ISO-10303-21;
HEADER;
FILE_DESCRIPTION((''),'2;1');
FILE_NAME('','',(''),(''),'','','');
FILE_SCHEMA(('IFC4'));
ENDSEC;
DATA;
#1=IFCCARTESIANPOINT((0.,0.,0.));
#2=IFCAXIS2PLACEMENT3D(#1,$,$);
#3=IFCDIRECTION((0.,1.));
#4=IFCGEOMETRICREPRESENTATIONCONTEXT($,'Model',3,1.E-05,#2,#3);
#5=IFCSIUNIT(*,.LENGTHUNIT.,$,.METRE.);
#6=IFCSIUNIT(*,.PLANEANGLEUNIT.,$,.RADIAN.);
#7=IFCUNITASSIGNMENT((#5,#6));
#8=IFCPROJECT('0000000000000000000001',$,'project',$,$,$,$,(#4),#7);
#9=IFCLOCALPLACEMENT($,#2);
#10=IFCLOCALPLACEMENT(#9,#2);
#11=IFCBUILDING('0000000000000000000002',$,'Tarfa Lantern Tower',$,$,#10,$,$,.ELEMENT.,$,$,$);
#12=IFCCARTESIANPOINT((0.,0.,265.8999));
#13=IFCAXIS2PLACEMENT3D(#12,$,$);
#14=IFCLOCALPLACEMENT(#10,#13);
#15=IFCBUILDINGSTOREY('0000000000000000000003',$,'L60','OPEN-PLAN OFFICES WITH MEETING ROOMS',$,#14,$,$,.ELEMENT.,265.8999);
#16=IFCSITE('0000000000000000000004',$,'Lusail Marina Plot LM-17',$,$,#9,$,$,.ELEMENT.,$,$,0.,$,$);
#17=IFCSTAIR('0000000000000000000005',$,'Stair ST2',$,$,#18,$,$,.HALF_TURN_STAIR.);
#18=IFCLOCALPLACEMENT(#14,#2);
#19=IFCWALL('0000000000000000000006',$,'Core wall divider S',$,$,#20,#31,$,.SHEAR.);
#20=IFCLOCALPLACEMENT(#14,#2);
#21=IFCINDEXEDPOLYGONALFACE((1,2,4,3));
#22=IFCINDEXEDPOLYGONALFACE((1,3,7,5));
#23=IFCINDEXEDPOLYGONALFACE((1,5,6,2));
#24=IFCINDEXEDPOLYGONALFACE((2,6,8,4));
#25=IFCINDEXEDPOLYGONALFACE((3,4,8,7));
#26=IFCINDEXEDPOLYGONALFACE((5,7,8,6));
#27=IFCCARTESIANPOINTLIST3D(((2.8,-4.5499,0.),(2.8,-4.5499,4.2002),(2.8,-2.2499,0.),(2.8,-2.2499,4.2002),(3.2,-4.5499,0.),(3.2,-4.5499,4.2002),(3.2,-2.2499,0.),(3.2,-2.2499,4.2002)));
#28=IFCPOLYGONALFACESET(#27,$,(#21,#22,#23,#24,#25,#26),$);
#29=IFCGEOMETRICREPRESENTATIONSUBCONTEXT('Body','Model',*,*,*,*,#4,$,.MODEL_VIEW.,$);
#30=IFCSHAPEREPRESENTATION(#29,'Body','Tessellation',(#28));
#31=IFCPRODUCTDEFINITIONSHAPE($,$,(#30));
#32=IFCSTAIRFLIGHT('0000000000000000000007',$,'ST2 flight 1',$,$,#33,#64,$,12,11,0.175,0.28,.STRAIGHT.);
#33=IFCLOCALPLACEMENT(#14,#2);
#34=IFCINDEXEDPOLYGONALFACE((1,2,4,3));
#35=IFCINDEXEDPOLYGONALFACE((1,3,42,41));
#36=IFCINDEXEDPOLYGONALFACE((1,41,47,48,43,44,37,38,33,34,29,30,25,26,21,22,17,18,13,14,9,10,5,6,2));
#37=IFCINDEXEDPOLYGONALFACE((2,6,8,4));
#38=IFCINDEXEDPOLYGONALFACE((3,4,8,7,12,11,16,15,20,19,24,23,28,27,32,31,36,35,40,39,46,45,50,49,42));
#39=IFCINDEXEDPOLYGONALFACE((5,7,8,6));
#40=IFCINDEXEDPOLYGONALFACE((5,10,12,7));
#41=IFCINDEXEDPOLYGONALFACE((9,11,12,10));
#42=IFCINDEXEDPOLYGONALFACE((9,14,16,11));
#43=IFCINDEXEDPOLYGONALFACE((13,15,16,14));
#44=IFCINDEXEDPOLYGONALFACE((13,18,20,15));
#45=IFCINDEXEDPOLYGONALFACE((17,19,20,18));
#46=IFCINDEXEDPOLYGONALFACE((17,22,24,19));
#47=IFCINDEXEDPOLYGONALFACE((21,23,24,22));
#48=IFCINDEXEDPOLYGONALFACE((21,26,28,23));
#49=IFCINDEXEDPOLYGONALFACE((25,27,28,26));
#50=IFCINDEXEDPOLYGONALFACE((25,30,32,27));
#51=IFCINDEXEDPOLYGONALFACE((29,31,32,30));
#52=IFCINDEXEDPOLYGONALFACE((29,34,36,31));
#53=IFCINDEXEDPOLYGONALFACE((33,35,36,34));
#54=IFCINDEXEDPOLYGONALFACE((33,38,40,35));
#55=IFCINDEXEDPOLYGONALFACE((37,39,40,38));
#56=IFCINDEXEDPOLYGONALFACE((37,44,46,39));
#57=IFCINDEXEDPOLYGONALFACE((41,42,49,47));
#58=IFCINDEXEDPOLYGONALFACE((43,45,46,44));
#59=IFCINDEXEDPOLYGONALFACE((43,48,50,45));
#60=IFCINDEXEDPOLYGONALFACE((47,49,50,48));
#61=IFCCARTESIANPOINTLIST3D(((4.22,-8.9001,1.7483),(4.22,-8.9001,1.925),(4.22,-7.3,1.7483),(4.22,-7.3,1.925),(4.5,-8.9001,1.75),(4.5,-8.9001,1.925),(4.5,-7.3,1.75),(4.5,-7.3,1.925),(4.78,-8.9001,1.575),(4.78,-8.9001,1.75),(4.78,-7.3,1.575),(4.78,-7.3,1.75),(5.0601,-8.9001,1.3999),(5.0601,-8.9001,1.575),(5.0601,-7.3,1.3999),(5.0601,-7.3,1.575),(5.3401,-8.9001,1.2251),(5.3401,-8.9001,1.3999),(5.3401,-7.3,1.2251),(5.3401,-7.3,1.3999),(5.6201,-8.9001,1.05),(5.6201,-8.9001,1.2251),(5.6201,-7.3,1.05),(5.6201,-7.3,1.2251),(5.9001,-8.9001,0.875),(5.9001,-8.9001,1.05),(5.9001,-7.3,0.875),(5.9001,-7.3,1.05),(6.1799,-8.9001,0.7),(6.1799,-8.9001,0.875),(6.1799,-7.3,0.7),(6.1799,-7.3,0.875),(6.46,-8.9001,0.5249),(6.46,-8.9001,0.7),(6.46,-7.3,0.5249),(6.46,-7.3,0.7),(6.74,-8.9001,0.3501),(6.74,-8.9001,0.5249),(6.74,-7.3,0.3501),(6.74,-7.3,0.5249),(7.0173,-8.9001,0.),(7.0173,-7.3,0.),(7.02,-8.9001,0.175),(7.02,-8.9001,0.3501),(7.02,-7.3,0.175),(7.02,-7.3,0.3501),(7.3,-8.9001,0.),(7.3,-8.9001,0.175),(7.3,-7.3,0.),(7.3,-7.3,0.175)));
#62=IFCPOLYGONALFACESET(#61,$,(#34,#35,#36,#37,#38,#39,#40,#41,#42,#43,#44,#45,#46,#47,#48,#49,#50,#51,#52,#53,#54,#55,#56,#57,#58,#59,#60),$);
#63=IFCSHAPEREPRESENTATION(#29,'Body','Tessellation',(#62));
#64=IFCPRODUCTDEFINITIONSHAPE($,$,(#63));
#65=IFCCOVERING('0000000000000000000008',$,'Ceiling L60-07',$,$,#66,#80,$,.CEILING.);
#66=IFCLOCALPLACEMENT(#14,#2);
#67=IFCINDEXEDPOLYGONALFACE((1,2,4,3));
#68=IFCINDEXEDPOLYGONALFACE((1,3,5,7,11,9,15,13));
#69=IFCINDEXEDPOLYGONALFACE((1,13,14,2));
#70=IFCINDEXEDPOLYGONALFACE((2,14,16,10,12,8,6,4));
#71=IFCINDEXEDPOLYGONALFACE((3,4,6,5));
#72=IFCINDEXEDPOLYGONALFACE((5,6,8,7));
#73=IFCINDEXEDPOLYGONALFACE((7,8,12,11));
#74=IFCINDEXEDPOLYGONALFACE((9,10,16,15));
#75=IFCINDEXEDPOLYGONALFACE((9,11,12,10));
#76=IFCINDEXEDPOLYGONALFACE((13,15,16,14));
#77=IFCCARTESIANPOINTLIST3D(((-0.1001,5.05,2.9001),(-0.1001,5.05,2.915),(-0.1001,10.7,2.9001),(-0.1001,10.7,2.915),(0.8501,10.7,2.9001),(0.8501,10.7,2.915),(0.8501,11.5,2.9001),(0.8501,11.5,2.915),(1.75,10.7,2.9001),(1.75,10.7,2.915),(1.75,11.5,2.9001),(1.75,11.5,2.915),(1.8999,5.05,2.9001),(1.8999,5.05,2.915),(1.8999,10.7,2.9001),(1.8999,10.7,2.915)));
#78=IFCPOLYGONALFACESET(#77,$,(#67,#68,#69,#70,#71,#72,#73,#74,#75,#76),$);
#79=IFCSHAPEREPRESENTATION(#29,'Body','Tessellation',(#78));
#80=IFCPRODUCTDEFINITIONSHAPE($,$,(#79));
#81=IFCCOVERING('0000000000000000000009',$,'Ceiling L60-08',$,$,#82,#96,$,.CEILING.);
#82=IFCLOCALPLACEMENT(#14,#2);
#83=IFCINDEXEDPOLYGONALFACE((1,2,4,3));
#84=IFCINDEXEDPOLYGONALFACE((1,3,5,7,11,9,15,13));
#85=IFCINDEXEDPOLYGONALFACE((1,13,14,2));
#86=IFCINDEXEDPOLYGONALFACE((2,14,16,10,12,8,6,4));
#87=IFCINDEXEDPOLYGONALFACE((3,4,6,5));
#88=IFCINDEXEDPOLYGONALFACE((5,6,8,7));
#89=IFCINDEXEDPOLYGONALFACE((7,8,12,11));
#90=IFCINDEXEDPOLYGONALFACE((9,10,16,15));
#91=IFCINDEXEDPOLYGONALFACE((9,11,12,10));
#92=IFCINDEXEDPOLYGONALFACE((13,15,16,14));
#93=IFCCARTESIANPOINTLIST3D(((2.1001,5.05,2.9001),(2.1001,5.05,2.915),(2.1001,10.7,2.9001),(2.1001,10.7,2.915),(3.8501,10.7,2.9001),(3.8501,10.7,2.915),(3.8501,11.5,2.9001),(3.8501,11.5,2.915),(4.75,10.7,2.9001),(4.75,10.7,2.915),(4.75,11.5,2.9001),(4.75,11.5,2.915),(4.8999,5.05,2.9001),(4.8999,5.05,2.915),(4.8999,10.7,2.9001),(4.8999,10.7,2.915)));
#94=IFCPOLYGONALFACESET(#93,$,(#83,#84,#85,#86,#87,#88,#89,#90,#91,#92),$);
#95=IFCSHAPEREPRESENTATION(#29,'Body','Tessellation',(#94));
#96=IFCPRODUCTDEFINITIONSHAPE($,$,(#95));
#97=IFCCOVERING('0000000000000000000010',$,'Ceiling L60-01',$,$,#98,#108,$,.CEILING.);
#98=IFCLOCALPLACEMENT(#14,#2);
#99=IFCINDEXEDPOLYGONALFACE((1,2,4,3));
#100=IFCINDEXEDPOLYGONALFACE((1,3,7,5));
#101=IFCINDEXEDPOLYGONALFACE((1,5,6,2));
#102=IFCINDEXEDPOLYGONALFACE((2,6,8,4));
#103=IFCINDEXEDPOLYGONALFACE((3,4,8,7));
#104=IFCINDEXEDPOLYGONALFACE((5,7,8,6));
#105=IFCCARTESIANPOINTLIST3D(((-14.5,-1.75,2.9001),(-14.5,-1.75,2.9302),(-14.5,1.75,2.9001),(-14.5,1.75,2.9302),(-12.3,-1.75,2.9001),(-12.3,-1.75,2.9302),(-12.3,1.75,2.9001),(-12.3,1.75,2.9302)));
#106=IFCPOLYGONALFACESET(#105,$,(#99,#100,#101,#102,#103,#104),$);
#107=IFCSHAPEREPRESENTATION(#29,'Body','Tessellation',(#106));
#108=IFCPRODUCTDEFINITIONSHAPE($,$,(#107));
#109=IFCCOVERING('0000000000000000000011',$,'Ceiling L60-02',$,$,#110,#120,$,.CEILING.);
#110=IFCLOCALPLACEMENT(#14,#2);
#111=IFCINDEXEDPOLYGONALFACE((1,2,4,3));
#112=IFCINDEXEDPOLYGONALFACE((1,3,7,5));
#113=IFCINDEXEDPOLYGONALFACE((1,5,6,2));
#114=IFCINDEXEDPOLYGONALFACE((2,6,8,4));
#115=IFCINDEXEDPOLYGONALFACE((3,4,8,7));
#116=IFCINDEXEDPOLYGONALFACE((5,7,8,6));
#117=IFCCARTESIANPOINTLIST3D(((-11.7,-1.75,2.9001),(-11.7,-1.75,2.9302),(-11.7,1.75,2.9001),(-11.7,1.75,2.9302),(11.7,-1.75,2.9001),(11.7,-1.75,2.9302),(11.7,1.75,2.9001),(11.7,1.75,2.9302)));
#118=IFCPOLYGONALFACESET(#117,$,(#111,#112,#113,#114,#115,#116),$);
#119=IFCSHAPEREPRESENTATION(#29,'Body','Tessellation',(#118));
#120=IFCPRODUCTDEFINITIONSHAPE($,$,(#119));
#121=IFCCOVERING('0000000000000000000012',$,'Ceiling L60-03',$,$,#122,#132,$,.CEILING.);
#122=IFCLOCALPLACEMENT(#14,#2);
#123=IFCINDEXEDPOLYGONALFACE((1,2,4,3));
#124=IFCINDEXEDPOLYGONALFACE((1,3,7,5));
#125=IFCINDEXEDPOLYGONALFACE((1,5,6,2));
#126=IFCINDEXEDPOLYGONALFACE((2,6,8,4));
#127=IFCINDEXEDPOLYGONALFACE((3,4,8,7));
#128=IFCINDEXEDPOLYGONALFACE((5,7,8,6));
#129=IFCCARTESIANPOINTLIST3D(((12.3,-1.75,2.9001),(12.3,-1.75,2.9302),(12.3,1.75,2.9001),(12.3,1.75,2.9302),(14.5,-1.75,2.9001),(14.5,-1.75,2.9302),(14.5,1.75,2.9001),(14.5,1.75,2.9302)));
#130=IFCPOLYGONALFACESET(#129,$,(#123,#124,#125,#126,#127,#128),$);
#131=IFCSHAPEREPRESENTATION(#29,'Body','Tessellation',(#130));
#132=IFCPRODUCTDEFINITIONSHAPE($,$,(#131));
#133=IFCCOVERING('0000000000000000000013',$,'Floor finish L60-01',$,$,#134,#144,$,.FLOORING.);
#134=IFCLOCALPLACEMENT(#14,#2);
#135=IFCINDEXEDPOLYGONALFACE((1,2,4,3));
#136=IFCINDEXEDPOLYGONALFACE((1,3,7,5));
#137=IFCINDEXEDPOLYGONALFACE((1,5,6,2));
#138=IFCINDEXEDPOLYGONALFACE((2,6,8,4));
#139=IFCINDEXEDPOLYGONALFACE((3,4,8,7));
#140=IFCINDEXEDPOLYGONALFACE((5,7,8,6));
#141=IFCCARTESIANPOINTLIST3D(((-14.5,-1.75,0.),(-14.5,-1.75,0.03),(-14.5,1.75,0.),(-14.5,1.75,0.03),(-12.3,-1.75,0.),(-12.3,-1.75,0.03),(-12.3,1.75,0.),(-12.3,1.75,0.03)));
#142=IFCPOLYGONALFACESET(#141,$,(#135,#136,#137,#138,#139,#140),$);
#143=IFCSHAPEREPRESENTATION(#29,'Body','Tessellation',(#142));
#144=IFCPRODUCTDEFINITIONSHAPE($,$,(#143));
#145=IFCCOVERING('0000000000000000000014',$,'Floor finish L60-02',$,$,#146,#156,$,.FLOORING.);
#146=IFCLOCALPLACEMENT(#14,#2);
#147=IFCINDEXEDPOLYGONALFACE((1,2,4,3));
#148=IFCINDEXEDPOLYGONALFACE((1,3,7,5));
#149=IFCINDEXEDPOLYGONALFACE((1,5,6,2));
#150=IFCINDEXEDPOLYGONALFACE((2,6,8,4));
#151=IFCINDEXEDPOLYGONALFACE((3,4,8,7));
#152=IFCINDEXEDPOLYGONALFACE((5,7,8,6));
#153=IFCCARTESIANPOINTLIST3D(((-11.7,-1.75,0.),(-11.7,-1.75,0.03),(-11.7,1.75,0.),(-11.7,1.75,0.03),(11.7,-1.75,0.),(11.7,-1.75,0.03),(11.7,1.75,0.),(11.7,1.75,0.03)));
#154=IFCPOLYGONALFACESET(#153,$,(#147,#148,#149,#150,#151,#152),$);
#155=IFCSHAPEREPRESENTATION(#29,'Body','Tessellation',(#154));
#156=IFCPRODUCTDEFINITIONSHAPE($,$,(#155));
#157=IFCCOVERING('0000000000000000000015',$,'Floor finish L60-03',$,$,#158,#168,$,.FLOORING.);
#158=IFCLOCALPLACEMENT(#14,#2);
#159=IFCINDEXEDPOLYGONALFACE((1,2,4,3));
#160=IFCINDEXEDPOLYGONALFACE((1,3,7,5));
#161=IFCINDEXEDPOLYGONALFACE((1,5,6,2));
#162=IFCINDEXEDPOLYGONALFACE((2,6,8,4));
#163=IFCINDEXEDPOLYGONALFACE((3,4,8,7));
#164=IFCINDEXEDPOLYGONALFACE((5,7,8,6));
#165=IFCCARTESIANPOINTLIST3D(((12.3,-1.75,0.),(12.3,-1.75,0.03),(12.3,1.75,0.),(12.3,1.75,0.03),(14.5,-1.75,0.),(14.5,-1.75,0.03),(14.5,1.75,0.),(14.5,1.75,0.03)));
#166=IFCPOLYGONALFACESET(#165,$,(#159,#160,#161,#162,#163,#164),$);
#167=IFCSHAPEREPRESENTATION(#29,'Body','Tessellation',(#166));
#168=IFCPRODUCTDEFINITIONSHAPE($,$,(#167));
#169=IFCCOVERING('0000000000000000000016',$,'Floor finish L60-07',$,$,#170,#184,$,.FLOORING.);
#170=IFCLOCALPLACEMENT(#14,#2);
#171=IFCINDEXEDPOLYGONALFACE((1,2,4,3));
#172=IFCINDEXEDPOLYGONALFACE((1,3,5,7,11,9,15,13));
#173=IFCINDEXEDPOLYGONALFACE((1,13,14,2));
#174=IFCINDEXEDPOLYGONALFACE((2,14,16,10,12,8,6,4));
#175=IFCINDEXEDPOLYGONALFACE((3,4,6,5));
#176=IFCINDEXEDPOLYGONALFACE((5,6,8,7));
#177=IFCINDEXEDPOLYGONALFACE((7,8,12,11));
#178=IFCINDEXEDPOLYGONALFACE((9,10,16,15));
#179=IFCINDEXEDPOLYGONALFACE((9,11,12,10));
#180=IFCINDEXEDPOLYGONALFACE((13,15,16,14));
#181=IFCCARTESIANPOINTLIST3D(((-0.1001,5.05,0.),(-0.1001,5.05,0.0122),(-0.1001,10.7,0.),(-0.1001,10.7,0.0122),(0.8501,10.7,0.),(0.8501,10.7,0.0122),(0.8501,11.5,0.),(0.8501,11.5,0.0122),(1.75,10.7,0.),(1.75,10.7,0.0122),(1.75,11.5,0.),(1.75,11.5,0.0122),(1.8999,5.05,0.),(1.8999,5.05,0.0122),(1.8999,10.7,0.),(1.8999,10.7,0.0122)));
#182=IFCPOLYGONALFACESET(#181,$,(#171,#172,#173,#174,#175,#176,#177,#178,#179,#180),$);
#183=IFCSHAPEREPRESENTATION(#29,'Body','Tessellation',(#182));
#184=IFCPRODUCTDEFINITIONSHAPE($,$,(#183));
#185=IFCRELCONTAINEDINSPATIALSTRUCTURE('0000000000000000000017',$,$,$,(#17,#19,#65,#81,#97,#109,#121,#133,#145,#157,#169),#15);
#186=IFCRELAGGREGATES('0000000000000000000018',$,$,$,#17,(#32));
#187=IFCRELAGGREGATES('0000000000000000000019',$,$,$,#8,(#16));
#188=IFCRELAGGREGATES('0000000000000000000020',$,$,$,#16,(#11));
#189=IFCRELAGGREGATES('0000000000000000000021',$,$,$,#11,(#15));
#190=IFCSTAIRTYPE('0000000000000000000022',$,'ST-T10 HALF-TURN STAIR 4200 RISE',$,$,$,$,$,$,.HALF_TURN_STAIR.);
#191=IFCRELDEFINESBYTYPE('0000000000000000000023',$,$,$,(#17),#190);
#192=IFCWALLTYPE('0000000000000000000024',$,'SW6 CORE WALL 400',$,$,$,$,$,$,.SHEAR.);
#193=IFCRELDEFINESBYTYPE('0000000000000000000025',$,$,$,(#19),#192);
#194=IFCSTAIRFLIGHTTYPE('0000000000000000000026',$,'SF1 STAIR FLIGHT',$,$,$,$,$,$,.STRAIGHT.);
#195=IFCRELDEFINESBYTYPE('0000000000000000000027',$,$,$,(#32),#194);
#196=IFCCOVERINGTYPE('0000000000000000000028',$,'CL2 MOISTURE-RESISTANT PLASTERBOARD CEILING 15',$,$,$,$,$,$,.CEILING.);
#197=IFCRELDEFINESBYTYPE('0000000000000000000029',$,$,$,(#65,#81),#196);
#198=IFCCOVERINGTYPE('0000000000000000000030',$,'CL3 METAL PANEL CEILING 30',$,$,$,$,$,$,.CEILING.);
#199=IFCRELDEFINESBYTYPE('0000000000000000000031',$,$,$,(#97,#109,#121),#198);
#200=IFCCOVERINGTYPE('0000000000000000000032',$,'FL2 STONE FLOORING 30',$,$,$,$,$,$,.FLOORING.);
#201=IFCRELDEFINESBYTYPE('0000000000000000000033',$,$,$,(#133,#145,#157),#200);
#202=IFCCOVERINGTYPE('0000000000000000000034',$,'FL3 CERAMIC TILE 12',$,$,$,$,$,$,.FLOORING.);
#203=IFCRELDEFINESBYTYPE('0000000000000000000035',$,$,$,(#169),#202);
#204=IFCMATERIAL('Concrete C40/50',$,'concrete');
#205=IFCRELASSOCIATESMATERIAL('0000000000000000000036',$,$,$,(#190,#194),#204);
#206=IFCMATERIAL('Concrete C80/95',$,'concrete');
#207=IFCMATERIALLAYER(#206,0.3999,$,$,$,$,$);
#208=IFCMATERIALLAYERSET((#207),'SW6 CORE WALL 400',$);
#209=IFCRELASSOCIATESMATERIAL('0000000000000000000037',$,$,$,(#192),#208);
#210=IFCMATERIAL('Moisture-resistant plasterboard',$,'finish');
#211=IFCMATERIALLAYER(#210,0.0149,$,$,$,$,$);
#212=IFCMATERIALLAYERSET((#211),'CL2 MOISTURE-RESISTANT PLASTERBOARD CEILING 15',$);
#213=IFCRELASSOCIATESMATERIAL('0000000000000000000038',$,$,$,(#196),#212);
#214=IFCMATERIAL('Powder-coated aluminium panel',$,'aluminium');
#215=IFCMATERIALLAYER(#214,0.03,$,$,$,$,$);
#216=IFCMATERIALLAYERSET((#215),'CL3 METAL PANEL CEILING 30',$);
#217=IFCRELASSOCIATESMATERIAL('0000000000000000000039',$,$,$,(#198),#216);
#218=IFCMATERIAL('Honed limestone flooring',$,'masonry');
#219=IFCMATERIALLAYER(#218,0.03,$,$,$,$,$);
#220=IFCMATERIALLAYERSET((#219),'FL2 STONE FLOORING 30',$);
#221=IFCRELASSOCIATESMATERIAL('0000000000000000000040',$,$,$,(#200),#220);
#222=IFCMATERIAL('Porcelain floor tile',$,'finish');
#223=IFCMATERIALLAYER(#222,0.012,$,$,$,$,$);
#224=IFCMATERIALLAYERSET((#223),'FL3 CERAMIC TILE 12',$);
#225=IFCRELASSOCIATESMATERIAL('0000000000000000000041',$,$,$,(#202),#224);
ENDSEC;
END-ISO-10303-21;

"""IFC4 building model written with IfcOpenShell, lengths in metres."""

from ifc_helpers import new_model, si_unit, direction, frame, frame_2d, origin, place, context, subcontext, project, spatial, polyline, rectangle, outline, extrude, material, layer, layer_set, type_object, element, aggregate, save


model = new_model("IFC4")

# Units and contexts
model_context = context("Model", 3, precision=1e-05, world=origin(), true_north=direction((0.0, 1.0)))
body_context = subcontext(model_context, "Body", "Model", "MODEL_VIEW")
ifc_project = project(units=[si_unit("LENGTHUNIT", "METRE"), si_unit("PLANEANGLEUNIT", "RADIAN")], contexts=[model_context])

# Site, building, storey
site_placement = place(None, origin())
site = spatial("IfcSite", under=ifc_project, at=site_placement, Name="Lusail Marina Plot LM-17", CompositionType="ELEMENT", RefElevation=0.0)
building_placement = place(site_placement, origin())
building = spatial("IfcBuilding", under=site, at=building_placement, Name="Tarfa Lantern Tower", CompositionType="ELEMENT")
storey_placement = place(building_placement, frame((0.0, 0.0, 265.8999)))
storey = spatial("IfcBuildingStorey", under=building, at=storey_placement, Name="L60", Description="OPEN-PLAN OFFICES WITH MEETING ROOMS", CompositionType="ELEMENT", Elevation=265.8999)

# Stair
ifc_material_1 = material(Name="Concrete C40/50", Category="concrete")
stair_type = type_object("IfcStairType", Name="ST-T10 HALF-TURN STAIR 4200 RISE", PredefinedType="HALF_TURN_STAIR", material=ifc_material_1)
stair_placement = place(storey_placement, origin())
stair = element("IfcStair", 1, at=stair_placement, inside=storey, type_object=stair_type, Name="Stair ST2", PredefinedType="HALF_TURN_STAIR")

# Shared definitions
ifc_material_2 = material(Name="Concrete C80/95", Category="concrete")

# Wall
ifc_layer_1 = layer(ifc_material_2, 0.3999)
ifc_layer_set_1 = layer_set([ifc_layer_1], Name="SW6 CORE WALL 400")
wall_type_1 = type_object("IfcWallType", Name="SW6 CORE WALL 400", PredefinedType="SHEAR", material=ifc_layer_set_1)
for number, where, z_axis, x_axis, name in (
    (2, (3.0, -2.25, 0.0), (0.0, 0.0, 1.0), (0.0, -1.0, 0.0), "Core wall divider S"),
):
    element("IfcWall", number, at=place(storey_placement, frame(where, z_axis=z_axis, x_axis=x_axis)), inside=storey, type_object=wall_type_1, Name=name, PredefinedType="SHEAR", context=body_context, shape_type="SweptSolid", body=[
        extrude(rectangle(XDim=2.3, YDim=0.3999, at=frame_2d((1.1499, 0.0))), origin(), (0.0, 0.0, 1.0), 4.2002),
    ])

# Stair flight
stair_flight_type = type_object("IfcStairFlightType", Name="SF1 STAIR FLIGHT", PredefinedType="STRAIGHT", material=ifc_material_1)
stair_flight_placement = place(storey_placement, frame((7.3, -8.1001, 0.0), z_axis=(0.0, 0.0, 1.0), x_axis=(-1.0, 0.0, 0.0)))
stair_flight = element("IfcStairFlight", 3, at=stair_flight_placement, type_object=stair_flight_type, Name="ST2 flight 1", NumberOfRisers=12, NumberOfTreads=11, PredefinedType="STRAIGHT", RiserHeight=0.175, TreadLength=0.28, context=body_context, shape_type="SweptSolid", body=[
    extrude(outline(polyline([(0.0, 0.0), (0.0, 0.175), (0.28, 0.175), (0.28, 0.3501), (0.5601, 0.3501), (0.5601, 0.5249), (0.8401, 0.5249), (0.8401, 0.7), (1.1201, 0.7), (1.1201, 0.875), (1.3999, 0.875), (1.3999, 1.05), (1.6799, 1.05), (1.6799, 1.2251), (1.96, 1.2251), (1.96, 1.3999), (2.24, 1.3999), (2.24, 1.575), (2.52, 1.575), (2.52, 1.75), (2.8, 1.75), (2.8, 1.925), (3.0801, 1.925), (3.0801, 2.1001), (3.0801, 1.7483), (0.2827, 0.0), (0.0, 0.0)])), frame((0.0, 0.8, 0.0), z_axis=(0.0, -1.0, 0.0), x_axis=(1.0, 0.0, 0.0)), (0.0, 0.0, 1.0), 1.6001),
])
aggregate(stair, [stair_flight])

# Coverings
ifc_material_3 = material(Name="Moisture-resistant plasterboard", Category="finish")
ifc_layer_2 = layer(ifc_material_3, 0.0149)
ifc_layer_set_2 = layer_set([ifc_layer_2], Name="CL2 MOISTURE-RESISTANT PLASTERBOARD CEILING 15")
covering_type_1 = type_object("IfcCoveringType", Name="CL2 MOISTURE-RESISTANT PLASTERBOARD CEILING 15", PredefinedType="CEILING", material=ifc_layer_set_2)
covering_1_placement = place(storey_placement, frame((0.0, 0.0, 2.9001)))
element("IfcCovering", 4, at=covering_1_placement, inside=storey, type_object=covering_type_1, Name="Ceiling L60-07", PredefinedType="CEILING", context=body_context, shape_type="SweptSolid", body=[
    extrude(outline(polyline([(0.8501, 10.7), (-0.1001, 10.7), (-0.1001, 5.05), (1.8999, 5.05), (1.8999, 10.7), (1.75, 10.7), (1.75, 11.5), (1.75, 11.5), (0.8501, 11.5), (0.8501, 10.7)])), origin(), (0.0, 0.0, 1.0), 0.0149),
])
covering_2_placement = place(storey_placement, frame((0.0, 0.0, 2.9001)))
element("IfcCovering", 5, at=covering_2_placement, inside=storey, type_object=covering_type_1, Name="Ceiling L60-08", PredefinedType="CEILING", context=body_context, shape_type="SweptSolid", body=[
    extrude(outline(polyline([(2.1001, 5.05), (4.8999, 5.05), (4.8999, 10.7), (4.75, 10.7), (4.75, 11.5), (3.8501, 11.5), (3.8501, 10.7), (2.1001, 10.7), (2.1001, 5.05)])), origin(), (0.0, 0.0, 1.0), 0.0149),
])
ifc_material_4 = material(Name="Powder-coated aluminium panel", Category="aluminium")
ifc_layer_3 = layer(ifc_material_4, 0.03)
ifc_layer_set_3 = layer_set([ifc_layer_3], Name="CL3 METAL PANEL CEILING 30")
covering_type_2 = type_object("IfcCoveringType", Name="CL3 METAL PANEL CEILING 30", PredefinedType="CEILING", material=ifc_layer_set_3)
covering_3_placement = place(storey_placement, frame((0.0, 0.0, 2.9001)))
element("IfcCovering", 6, at=covering_3_placement, inside=storey, type_object=covering_type_2, Name="Ceiling L60-01", PredefinedType="CEILING", context=body_context, shape_type="SweptSolid", body=[
    extrude(outline(polyline([(-14.5, -1.75), (-12.3, -1.75), (-12.3, 1.75), (-14.5, 1.75), (-14.5, -1.75)])), origin(), (0.0, 0.0, 1.0), 0.03),
])
covering_4_placement = place(storey_placement, frame((0.0, 0.0, 2.9001)))
element("IfcCovering", 7, at=covering_4_placement, inside=storey, type_object=covering_type_2, Name="Ceiling L60-02", PredefinedType="CEILING", context=body_context, shape_type="SweptSolid", body=[
    extrude(outline(polyline([(-11.7, -1.75), (11.7, -1.75), (11.7, 1.75), (-11.7, 1.75), (-11.7, -1.75)])), origin(), (0.0, 0.0, 1.0), 0.03),
])
covering_5_placement = place(storey_placement, frame((0.0, 0.0, 2.9001)))
element("IfcCovering", 8, at=covering_5_placement, inside=storey, type_object=covering_type_2, Name="Ceiling L60-03", PredefinedType="CEILING", context=body_context, shape_type="SweptSolid", body=[
    extrude(outline(polyline([(12.3, -1.75), (14.5, -1.75), (14.5, 1.75), (12.3, 1.75), (12.3, -1.75)])), origin(), (0.0, 0.0, 1.0), 0.03),
])
ifc_material_5 = material(Name="Honed limestone flooring", Category="masonry")
ifc_layer_4 = layer(ifc_material_5, 0.03)
ifc_layer_set_4 = layer_set([ifc_layer_4], Name="FL2 STONE FLOORING 30")
covering_type_3 = type_object("IfcCoveringType", Name="FL2 STONE FLOORING 30", PredefinedType="FLOORING", material=ifc_layer_set_4)
covering_6_placement = place(storey_placement, origin())
element("IfcCovering", 9, at=covering_6_placement, inside=storey, type_object=covering_type_3, Name="Floor finish L60-01", PredefinedType="FLOORING", context=body_context, shape_type="SweptSolid", body=[
    extrude(outline(polyline([(-14.5, -1.75), (-12.3, -1.75), (-12.3, 1.75), (-14.5, 1.75), (-14.5, -1.75)])), origin(), (0.0, 0.0, 1.0), 0.03),
])
covering_7_placement = place(storey_placement, origin())
element("IfcCovering", 10, at=covering_7_placement, inside=storey, type_object=covering_type_3, Name="Floor finish L60-02", PredefinedType="FLOORING", context=body_context, shape_type="SweptSolid", body=[
    extrude(outline(polyline([(-11.7, -1.75), (11.7, -1.75), (11.7, 1.75), (-11.7, 1.75), (-11.7, -1.75)])), origin(), (0.0, 0.0, 1.0), 0.03),
])
covering_8_placement = place(storey_placement, origin())
element("IfcCovering", 11, at=covering_8_placement, inside=storey, type_object=covering_type_3, Name="Floor finish L60-03", PredefinedType="FLOORING", context=body_context, shape_type="SweptSolid", body=[
    extrude(outline(polyline([(12.3, -1.75), (14.5, -1.75), (14.5, 1.75), (12.3, 1.75), (12.3, -1.75)])), origin(), (0.0, 0.0, 1.0), 0.03),
])
ifc_material_6 = material(Name="Porcelain floor tile", Category="finish")
ifc_layer_5 = layer(ifc_material_6, 0.012)
ifc_layer_set_5 = layer_set([ifc_layer_5], Name="FL3 CERAMIC TILE 12")
covering_type_4 = type_object("IfcCoveringType", Name="FL3 CERAMIC TILE 12", PredefinedType="FLOORING", material=ifc_layer_set_5)
covering_9_placement = place(storey_placement, origin())
element("IfcCovering", 12, at=covering_9_placement, inside=storey, type_object=covering_type_4, Name="Floor finish L60-07", PredefinedType="FLOORING", context=body_context, shape_type="SweptSolid", body=[
    extrude(outline(polyline([(0.8501, 10.7), (-0.1001, 10.7), (-0.1001, 5.05), (1.8999, 5.05), (1.8999, 10.7), (1.75, 10.7), (1.75, 11.5), (1.75, 11.5), (0.8501, 11.5), (0.8501, 10.7)])), origin(), (0.0, 0.0, 1.0), 0.0122),
])

save(model, "model.ifc")
